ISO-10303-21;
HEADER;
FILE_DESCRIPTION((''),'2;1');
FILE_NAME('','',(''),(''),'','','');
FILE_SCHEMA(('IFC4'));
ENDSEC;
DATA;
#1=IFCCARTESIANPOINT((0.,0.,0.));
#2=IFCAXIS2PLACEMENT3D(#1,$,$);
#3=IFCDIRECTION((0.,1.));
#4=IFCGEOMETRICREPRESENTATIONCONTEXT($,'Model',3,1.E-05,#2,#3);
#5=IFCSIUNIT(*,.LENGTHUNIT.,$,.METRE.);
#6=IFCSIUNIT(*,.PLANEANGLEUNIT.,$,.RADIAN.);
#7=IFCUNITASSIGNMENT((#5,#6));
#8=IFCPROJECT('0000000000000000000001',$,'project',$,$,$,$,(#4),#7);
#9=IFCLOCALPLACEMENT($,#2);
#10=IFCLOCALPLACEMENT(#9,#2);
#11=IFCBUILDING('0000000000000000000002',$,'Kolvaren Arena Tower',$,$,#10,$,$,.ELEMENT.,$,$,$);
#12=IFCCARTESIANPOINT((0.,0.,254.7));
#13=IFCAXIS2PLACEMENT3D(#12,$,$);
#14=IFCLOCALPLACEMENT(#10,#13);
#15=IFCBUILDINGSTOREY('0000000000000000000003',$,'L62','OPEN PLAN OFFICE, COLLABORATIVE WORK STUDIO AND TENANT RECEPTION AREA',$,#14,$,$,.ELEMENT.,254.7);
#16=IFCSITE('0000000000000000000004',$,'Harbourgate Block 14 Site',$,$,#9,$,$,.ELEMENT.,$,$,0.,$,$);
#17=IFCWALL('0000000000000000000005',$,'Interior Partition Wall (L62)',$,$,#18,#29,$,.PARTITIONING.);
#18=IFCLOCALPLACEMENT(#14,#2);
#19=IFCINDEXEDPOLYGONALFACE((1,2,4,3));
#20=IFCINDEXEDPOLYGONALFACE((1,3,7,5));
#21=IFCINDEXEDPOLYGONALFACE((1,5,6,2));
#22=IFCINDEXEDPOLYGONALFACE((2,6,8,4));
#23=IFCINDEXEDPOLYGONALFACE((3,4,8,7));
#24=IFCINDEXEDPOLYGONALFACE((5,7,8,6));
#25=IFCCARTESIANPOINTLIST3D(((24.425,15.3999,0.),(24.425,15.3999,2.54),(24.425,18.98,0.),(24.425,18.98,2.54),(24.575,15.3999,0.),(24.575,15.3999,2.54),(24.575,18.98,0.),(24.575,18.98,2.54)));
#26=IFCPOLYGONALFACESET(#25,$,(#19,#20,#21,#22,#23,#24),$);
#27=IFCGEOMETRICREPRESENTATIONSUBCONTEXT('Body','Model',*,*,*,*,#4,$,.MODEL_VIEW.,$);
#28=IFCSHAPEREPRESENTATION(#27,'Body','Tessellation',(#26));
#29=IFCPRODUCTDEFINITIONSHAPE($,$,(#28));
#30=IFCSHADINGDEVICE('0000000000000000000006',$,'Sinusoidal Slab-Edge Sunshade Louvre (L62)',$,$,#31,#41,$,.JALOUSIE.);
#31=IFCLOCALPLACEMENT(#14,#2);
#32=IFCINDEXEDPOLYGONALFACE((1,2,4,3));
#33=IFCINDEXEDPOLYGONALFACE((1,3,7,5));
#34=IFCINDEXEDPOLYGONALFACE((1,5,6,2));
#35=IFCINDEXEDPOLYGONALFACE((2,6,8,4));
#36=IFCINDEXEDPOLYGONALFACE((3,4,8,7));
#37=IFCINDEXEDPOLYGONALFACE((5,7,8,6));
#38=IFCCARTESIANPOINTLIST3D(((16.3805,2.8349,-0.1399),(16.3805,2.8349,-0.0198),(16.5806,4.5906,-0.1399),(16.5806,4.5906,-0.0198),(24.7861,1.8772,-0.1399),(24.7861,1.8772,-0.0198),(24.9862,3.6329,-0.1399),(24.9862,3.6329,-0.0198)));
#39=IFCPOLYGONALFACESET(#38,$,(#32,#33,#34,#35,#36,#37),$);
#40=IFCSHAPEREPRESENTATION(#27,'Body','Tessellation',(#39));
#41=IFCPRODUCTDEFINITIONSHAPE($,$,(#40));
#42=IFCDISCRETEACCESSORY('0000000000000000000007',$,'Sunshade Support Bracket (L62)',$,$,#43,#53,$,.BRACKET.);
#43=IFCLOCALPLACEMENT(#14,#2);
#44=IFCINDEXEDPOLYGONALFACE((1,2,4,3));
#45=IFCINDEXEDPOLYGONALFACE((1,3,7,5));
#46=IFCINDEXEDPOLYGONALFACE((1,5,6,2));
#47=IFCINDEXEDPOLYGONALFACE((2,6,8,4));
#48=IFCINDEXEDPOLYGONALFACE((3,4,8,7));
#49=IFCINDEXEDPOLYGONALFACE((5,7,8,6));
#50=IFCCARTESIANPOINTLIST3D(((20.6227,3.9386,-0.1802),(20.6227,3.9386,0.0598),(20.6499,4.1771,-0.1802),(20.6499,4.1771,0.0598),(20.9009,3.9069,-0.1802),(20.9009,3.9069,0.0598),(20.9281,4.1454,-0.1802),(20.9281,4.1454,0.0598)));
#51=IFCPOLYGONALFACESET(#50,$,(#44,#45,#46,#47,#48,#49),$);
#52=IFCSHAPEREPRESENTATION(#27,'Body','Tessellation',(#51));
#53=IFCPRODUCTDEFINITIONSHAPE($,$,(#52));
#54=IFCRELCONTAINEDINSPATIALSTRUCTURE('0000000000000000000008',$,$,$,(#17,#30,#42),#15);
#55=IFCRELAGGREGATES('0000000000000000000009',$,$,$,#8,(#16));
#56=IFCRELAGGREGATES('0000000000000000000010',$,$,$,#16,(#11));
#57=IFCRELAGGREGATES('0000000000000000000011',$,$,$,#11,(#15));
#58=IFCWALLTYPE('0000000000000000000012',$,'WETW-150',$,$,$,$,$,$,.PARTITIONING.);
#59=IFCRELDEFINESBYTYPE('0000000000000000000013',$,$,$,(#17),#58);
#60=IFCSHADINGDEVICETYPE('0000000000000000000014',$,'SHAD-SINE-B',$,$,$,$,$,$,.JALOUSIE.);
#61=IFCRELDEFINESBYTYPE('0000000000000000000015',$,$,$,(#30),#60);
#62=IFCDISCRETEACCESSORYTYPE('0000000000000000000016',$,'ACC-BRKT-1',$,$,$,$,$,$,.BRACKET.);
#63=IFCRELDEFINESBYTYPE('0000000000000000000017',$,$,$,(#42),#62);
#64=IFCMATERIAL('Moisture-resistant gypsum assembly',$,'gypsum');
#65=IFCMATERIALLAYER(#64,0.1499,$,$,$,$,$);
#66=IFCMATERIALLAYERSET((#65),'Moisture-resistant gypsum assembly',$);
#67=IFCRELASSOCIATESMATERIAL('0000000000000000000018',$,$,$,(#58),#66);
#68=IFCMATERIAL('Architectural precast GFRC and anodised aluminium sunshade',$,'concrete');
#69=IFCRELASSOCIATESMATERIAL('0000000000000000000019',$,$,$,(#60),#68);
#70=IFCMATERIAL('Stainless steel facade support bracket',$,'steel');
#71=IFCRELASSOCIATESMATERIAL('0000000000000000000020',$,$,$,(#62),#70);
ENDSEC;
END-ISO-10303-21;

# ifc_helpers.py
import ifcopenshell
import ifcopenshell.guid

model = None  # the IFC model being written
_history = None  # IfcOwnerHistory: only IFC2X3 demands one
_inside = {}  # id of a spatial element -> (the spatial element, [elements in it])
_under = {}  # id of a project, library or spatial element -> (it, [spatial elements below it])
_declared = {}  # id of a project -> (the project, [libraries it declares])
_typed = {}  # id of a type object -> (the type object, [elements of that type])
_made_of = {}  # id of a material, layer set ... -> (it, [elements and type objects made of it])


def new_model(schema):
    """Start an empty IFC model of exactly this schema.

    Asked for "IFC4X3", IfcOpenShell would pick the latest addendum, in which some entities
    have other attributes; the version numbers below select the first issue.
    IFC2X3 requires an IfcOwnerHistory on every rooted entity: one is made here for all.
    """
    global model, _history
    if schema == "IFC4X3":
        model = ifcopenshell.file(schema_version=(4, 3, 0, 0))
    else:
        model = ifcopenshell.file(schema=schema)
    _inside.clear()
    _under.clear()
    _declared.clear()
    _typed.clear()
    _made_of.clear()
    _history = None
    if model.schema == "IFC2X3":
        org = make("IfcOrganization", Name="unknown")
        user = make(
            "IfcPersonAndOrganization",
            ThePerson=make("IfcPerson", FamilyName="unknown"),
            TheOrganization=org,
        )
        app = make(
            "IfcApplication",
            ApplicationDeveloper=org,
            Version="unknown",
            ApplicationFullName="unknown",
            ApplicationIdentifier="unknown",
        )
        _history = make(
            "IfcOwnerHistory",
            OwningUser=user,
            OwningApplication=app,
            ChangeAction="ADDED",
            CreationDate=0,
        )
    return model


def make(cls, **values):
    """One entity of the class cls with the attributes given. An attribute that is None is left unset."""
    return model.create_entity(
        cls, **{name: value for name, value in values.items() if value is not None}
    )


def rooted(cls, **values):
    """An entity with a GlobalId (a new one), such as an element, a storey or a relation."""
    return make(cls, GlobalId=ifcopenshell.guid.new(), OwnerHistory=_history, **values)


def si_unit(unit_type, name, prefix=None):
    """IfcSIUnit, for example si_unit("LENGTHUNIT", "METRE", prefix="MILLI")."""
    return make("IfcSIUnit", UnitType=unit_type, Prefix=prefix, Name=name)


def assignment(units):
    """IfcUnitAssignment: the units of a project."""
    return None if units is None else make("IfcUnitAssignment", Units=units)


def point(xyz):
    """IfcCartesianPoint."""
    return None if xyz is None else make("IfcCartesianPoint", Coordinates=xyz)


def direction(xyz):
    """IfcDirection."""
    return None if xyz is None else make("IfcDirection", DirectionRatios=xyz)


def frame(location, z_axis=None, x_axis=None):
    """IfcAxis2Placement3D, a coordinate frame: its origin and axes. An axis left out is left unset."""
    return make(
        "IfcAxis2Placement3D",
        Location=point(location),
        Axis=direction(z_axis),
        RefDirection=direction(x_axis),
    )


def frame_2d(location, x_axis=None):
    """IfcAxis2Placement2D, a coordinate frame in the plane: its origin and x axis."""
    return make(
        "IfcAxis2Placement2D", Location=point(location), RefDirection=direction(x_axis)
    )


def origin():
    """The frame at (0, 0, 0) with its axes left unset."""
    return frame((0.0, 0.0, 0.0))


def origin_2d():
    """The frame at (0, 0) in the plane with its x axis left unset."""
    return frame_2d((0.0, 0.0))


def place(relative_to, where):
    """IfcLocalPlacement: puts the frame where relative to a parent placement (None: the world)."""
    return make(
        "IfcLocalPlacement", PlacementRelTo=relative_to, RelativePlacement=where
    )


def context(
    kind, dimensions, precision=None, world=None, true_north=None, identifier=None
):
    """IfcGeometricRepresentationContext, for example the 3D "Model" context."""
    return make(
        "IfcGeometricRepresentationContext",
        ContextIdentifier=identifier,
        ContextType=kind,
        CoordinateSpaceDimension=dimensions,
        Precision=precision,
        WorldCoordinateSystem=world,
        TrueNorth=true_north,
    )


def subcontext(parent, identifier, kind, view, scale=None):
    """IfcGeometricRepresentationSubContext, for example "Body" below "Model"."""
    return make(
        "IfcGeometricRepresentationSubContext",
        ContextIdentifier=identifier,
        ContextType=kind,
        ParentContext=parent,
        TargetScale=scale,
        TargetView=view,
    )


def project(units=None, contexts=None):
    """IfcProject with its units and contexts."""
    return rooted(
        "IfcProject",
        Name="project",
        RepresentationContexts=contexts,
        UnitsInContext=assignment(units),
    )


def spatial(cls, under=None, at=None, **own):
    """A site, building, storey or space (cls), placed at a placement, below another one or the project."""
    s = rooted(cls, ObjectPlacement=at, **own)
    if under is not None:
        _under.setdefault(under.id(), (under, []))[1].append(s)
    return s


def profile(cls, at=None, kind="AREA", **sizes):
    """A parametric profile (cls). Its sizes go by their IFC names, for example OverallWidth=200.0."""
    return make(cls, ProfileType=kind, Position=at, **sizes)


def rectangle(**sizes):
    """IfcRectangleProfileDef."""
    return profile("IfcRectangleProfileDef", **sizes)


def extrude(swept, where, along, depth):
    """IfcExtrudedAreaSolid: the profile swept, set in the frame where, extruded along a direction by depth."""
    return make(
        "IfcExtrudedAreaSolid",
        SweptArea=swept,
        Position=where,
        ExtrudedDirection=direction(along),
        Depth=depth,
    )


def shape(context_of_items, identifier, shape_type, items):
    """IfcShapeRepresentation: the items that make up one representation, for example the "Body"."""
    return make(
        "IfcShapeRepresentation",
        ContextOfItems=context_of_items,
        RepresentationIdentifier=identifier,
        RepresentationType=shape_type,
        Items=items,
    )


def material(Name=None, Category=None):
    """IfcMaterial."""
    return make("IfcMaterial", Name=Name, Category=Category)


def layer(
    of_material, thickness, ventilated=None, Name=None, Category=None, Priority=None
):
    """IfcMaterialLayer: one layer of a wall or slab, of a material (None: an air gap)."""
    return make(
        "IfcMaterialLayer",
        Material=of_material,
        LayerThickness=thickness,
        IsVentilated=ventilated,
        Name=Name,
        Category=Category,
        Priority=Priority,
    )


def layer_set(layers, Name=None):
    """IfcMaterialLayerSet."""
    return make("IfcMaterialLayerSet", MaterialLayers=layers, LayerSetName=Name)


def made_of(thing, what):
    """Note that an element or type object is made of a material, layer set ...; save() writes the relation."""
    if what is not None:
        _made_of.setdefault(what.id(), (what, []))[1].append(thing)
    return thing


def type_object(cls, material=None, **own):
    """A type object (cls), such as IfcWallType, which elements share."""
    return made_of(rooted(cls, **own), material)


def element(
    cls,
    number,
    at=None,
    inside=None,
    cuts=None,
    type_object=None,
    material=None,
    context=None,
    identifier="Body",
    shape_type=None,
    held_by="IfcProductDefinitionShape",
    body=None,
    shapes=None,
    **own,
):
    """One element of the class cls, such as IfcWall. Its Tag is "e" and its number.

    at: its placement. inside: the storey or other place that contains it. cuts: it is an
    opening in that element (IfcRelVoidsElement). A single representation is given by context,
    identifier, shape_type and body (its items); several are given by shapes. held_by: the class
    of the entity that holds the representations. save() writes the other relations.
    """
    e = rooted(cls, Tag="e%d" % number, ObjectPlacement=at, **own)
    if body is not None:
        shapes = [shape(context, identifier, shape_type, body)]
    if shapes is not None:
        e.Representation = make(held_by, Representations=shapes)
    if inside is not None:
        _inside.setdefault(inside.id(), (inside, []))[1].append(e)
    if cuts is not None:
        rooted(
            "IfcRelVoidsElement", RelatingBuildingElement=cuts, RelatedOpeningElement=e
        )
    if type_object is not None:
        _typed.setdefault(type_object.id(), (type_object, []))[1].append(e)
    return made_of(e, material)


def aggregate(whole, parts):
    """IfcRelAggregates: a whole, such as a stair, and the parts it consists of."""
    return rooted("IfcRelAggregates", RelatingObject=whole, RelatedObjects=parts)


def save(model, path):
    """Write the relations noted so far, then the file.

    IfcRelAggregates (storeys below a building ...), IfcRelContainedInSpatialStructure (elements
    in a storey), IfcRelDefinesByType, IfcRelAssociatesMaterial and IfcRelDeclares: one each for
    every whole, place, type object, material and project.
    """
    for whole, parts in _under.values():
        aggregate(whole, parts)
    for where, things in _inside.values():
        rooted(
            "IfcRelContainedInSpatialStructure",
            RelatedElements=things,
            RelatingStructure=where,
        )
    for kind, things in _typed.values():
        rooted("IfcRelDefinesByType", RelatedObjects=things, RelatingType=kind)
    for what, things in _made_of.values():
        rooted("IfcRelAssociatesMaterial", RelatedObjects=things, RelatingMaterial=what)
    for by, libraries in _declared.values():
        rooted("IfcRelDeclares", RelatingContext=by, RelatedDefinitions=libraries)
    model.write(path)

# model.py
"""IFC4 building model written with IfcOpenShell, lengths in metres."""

from ifc_helpers import new_model, si_unit, direction, frame, frame_2d, origin, origin_2d, place, context, subcontext, project, spatial, rectangle, extrude, material, layer, layer_set, type_object, element, save


model = new_model("IFC4")

# Units and contexts
model_context = context("Model", 3, precision=1e-05, world=origin(), true_north=direction((0.0, 1.0)))
body_context = subcontext(model_context, "Body", "Model", "MODEL_VIEW")
ifc_project = project(units=[si_unit("LENGTHUNIT", "METRE"), si_unit("PLANEANGLEUNIT", "RADIAN")], contexts=[model_context])

# Site, building, storey
site_placement = place(None, origin())
site = spatial("IfcSite", under=ifc_project, at=site_placement, Name="Harbourgate Block 14 Site", CompositionType="ELEMENT", RefElevation=0.0)
building_placement = place(site_placement, origin())
building = spatial("IfcBuilding", under=site, at=building_placement, Name="Kolvaren Arena Tower", CompositionType="ELEMENT")
storey_placement = place(building_placement, frame((0.0, 0.0, 254.7)))
storey = spatial("IfcBuildingStorey", under=building, at=storey_placement, Name="L62", Description="OPEN PLAN OFFICE, COLLABORATIVE WORK STUDIO AND TENANT RECEPTION AREA", CompositionType="ELEMENT", Elevation=254.7)

# Wall
ifc_material_1 = material(Name="Moisture-resistant gypsum assembly", Category="gypsum")
ifc_layer_1 = layer(ifc_material_1, 0.1499)
ifc_layer_set_1 = layer_set([ifc_layer_1], Name="Moisture-resistant gypsum assembly")
wall_type_1 = type_object("IfcWallType", Name="WETW-150", PredefinedType="PARTITIONING", material=ifc_layer_set_1)
for number, where, z_axis, x_axis, name in (
    (1, (24.5, 15.3999, 0.0), (0.0, 0.0, 1.0), (0.0, 1.0, 0.0), "Interior Partition Wall (L62)"),
):
    element("IfcWall", number, at=place(storey_placement, frame(where, z_axis=z_axis, x_axis=x_axis)), inside=storey, type_object=wall_type_1, Name=name, PredefinedType="PARTITIONING", context=body_context, shape_type="SweptSolid", body=[
        extrude(rectangle(XDim=3.5801, YDim=0.1499, at=frame_2d((1.79, 0.0))), origin(), (0.0, 0.0, 1.0), 2.54),
    ])

# Shading device
ifc_material_2 = material(Name="Architectural precast GFRC and anodised aluminium sunshade", Category="concrete")
shading_device_type = type_object("IfcShadingDeviceType", Name="SHAD-SINE-B", PredefinedType="JALOUSIE", material=ifc_material_2)
shading_device_placement = place(storey_placement, frame((20.6833, 3.2339, -0.1399), z_axis=(0.0, 0.0, 1.0), x_axis=(-0.993572, 0.113205, 0.0)))
element("IfcShadingDevice", 2, at=shading_device_placement, inside=storey, type_object=shading_device_type, Name="Sinusoidal Slab-Edge Sunshade Louvre (L62)", PredefinedType="JALOUSIE", context=body_context, shape_type="SweptSolid", body=[
    extrude(rectangle(XDim=8.46, YDim=1.7671, at=origin_2d()), origin(), (0.0, 0.0, 1.0), 0.1201),
])

# Discrete accessory
ifc_material_3 = material(Name="Stainless steel facade support bracket", Category="steel")
discrete_accessory_type = type_object("IfcDiscreteAccessoryType", Name="ACC-BRKT-1", PredefinedType="BRACKET", material=ifc_material_3)
discrete_accessory_placement = place(storey_placement, frame((20.7754, 4.042, -0.1802), z_axis=(0.0, 0.0, 1.0), x_axis=(-0.993572, 0.113205, 0.0)))
element("IfcDiscreteAccessory", 3, at=discrete_accessory_placement, inside=storey, type_object=discrete_accessory_type, Name="Sunshade Support Bracket (L62)", PredefinedType="BRACKET", context=body_context, shape_type="SweptSolid", body=[
    extrude(rectangle(XDim=0.28, YDim=0.24, at=origin_2d()), origin(), (0.0, 0.0, 1.0), 0.24),
])

save(model, "model.ifc")
